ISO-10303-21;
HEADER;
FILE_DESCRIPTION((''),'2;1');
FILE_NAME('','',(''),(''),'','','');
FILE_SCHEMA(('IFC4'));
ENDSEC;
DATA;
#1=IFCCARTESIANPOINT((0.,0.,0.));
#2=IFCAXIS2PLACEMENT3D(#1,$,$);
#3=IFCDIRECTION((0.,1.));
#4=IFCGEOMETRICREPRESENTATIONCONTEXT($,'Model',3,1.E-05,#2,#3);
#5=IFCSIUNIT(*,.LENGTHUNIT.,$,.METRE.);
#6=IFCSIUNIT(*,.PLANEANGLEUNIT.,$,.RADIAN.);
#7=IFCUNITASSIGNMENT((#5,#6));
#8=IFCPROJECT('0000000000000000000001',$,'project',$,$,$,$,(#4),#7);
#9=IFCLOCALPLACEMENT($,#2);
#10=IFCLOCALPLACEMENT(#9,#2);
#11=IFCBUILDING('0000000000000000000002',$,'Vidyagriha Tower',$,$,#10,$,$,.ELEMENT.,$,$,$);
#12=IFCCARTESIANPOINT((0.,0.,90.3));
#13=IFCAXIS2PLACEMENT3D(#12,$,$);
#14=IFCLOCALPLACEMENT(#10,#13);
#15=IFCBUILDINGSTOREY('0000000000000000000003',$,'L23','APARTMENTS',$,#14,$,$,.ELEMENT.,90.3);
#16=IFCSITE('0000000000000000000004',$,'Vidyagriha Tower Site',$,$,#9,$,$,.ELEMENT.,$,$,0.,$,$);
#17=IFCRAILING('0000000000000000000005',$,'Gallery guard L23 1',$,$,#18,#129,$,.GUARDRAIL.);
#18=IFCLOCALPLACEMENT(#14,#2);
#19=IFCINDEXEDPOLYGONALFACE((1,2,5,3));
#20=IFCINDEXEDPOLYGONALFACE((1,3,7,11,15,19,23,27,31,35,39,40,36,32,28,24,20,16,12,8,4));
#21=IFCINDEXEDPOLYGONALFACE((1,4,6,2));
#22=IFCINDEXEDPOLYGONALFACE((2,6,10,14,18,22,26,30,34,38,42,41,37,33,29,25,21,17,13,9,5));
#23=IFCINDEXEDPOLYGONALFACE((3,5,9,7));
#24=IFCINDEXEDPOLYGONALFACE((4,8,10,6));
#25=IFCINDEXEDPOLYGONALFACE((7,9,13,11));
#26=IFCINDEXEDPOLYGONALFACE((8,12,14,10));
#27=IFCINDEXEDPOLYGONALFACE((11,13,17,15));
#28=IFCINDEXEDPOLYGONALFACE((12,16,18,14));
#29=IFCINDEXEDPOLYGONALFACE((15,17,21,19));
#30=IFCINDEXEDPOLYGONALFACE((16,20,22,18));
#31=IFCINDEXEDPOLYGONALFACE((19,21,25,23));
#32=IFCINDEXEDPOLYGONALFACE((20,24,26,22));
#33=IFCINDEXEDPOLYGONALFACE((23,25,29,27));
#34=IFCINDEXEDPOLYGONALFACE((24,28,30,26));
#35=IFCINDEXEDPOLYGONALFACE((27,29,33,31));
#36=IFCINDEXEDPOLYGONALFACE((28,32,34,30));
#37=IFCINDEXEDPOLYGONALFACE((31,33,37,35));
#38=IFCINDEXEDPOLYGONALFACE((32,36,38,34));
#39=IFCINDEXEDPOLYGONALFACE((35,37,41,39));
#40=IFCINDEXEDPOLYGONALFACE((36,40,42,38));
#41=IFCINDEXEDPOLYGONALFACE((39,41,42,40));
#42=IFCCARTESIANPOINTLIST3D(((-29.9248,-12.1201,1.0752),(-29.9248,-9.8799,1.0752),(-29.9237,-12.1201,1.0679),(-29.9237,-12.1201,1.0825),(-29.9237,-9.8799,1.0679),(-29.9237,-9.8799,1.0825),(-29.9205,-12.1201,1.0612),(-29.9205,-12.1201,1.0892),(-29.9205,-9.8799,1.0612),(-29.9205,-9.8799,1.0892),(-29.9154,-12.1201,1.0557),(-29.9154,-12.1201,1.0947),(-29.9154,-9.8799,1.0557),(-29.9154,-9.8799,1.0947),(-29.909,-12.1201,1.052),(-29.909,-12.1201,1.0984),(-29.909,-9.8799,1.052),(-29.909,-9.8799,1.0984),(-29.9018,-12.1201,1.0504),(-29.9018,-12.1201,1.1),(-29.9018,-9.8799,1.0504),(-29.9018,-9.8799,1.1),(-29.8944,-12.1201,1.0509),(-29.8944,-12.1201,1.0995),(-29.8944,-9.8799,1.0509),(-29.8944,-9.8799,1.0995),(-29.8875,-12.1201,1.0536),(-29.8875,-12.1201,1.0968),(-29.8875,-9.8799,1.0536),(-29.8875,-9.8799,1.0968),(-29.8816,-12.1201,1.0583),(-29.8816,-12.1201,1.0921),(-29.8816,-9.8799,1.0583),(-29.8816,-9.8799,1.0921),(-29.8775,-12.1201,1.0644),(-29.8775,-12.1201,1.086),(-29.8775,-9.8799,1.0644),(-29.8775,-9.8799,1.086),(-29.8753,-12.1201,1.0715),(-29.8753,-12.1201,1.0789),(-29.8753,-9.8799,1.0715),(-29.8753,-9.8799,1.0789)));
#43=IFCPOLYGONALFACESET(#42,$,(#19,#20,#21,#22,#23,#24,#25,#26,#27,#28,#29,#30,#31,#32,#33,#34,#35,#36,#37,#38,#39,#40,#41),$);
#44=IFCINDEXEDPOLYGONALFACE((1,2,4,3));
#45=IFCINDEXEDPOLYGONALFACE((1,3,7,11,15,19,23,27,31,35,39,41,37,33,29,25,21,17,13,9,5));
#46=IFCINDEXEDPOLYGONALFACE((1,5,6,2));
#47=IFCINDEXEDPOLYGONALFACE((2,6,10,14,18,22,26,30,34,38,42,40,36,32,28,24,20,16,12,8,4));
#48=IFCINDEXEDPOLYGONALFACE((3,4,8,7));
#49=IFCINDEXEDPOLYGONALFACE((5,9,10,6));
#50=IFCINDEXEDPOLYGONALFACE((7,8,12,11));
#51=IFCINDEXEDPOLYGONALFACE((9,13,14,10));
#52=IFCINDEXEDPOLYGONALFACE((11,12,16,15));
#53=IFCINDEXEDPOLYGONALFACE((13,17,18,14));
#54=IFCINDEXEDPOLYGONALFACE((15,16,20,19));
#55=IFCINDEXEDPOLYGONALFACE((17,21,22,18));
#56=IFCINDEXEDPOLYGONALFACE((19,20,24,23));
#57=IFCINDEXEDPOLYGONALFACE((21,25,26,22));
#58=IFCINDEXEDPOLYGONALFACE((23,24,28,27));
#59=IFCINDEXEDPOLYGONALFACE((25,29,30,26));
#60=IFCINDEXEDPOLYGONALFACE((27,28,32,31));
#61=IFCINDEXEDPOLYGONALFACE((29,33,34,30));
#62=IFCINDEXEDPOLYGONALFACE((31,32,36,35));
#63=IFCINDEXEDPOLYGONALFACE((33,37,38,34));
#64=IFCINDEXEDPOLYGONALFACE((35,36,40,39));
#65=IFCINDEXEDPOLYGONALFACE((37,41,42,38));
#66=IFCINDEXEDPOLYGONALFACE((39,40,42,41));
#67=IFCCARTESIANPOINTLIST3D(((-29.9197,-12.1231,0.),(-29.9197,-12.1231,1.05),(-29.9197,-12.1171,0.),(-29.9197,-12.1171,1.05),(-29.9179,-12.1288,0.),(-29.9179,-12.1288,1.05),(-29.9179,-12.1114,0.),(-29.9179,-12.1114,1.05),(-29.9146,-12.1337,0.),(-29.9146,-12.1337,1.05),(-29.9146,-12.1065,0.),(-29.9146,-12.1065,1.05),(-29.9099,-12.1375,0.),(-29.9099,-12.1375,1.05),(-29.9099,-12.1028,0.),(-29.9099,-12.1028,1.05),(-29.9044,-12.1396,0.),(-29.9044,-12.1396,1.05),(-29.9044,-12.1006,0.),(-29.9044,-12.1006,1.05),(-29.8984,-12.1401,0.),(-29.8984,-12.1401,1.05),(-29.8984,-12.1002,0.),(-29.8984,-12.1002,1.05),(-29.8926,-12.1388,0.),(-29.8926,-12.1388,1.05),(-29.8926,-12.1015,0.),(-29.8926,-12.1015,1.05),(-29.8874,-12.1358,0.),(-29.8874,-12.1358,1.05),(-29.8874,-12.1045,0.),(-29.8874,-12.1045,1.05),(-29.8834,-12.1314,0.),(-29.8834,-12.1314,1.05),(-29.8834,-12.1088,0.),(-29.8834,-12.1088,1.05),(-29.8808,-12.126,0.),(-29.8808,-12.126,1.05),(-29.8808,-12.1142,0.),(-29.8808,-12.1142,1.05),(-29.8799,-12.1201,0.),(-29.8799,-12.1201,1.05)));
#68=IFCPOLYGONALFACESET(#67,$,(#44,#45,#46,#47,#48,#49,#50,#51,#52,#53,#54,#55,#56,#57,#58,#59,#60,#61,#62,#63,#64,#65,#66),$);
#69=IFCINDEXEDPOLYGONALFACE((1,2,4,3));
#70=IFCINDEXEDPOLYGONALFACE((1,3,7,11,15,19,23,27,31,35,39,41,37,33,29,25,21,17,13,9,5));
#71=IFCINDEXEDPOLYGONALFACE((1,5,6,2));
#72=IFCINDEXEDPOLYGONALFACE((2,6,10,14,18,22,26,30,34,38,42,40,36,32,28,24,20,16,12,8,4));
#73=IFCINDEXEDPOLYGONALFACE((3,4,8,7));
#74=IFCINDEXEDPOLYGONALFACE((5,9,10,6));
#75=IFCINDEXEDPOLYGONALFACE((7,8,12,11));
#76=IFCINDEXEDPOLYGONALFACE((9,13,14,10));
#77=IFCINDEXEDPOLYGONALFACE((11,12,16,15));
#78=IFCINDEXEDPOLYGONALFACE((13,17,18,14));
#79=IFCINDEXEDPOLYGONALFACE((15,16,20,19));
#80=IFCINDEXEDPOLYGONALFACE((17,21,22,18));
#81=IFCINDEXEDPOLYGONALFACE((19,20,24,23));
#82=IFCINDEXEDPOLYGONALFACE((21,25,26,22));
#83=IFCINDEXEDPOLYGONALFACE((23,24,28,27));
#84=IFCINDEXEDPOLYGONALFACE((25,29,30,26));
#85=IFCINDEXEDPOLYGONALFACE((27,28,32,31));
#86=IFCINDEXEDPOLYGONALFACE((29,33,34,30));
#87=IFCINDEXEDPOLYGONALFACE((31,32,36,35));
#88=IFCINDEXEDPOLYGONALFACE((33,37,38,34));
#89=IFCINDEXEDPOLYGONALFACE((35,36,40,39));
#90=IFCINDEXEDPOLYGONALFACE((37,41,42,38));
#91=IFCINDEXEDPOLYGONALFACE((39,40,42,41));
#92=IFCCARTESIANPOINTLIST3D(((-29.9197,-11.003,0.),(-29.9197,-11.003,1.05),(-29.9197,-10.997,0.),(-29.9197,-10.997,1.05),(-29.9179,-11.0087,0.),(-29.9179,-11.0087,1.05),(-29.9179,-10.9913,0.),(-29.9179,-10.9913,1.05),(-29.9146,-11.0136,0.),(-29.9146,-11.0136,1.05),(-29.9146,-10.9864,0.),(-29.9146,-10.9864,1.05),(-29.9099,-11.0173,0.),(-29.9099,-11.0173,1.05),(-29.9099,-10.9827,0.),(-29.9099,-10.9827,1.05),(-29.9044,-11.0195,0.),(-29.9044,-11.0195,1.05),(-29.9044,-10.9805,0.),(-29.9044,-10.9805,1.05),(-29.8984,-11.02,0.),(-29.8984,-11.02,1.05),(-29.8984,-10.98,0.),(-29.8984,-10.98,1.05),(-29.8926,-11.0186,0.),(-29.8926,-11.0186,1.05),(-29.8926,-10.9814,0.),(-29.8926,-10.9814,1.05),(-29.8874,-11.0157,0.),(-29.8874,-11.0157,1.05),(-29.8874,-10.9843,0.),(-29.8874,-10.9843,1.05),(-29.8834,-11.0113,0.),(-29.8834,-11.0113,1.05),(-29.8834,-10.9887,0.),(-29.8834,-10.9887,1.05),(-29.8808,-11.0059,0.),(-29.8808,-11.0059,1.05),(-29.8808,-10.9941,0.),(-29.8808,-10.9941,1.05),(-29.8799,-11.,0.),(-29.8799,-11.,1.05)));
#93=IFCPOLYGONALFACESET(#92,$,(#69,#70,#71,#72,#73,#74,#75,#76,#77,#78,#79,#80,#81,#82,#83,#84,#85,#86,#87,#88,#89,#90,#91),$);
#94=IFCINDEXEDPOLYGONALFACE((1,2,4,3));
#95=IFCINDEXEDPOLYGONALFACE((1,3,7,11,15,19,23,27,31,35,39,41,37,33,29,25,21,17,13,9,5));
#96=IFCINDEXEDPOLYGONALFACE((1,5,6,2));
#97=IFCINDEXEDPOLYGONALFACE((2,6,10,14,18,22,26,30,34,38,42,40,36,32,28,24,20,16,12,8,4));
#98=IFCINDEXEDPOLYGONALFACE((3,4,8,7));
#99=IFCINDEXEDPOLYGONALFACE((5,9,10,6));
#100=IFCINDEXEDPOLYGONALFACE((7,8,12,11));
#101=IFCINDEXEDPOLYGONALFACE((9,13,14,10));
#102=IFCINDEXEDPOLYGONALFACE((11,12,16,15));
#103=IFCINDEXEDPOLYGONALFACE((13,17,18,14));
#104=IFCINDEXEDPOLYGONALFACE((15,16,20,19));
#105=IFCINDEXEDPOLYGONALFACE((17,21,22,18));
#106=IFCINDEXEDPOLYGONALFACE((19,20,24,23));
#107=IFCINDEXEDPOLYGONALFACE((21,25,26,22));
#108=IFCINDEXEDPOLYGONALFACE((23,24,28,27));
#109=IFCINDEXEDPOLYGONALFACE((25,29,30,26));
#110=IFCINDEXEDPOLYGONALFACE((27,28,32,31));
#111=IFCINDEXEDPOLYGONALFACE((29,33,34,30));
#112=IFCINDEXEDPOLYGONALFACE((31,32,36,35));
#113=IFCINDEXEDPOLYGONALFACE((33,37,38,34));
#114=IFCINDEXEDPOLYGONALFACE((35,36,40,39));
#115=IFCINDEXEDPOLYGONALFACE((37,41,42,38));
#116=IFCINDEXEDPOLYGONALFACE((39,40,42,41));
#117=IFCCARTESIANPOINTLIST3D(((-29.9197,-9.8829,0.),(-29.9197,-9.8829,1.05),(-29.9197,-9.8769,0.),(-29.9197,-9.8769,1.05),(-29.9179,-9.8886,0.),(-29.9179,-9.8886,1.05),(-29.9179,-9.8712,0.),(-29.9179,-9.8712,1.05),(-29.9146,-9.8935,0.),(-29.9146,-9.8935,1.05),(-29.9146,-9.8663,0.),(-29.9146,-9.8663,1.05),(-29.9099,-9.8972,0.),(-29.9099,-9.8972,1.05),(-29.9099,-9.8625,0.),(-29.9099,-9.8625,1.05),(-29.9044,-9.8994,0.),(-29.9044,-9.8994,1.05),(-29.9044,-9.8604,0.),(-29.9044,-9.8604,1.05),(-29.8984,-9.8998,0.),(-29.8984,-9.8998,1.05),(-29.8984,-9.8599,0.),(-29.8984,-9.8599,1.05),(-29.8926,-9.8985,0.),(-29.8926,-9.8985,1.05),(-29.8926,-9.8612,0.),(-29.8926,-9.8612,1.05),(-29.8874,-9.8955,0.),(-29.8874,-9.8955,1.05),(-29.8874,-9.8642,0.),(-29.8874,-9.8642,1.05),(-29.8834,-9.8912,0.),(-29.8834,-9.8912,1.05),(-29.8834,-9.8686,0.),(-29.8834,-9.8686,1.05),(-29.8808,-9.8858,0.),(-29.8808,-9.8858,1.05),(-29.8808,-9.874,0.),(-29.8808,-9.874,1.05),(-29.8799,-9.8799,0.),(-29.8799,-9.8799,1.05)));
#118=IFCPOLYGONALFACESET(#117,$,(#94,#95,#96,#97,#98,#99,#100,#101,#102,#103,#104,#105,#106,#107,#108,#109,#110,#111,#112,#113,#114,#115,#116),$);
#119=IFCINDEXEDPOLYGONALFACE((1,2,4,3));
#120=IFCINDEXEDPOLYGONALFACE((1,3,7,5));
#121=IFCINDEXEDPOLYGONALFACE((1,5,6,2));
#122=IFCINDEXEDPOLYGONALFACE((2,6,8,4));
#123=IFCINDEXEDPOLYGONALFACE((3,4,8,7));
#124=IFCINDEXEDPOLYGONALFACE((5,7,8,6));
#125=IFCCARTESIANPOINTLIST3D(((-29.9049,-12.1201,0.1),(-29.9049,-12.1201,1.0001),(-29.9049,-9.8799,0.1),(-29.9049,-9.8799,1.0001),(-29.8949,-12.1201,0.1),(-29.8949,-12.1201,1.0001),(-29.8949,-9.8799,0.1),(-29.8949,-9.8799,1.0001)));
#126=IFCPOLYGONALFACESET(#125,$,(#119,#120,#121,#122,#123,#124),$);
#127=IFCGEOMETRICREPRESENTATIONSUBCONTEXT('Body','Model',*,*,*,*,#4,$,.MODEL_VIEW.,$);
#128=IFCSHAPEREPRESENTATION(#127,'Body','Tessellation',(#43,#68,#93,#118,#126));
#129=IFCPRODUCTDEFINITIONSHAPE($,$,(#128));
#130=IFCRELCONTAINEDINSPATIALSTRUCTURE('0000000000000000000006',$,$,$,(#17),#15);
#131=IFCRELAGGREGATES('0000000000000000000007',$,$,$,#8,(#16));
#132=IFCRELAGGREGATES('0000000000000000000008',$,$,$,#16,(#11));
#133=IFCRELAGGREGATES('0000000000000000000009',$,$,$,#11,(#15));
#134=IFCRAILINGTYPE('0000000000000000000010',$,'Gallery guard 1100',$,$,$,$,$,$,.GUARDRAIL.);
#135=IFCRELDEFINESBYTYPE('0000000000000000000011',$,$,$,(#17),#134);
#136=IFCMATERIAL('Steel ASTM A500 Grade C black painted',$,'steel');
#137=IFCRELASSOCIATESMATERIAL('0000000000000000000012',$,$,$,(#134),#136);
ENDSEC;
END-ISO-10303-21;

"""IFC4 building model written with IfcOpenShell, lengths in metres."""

from ifc_helpers import new_model, si_unit, direction, frame, origin, origin_2d, place, context, subcontext, project, spatial, rectangle, circle, extrude, material, type_object, element, save


model = new_model("IFC4")

# Units and contexts
model_context = context("Model", 3, precision=1e-05, world=origin(), true_north=direction((0.0, 1.0)))
body_context = subcontext(model_context, "Body", "Model", "MODEL_VIEW")
ifc_project = project(units=[si_unit("LENGTHUNIT", "METRE"), si_unit("PLANEANGLEUNIT", "RADIAN")], contexts=[model_context])

# Site, building, storey
site_placement = place(None, origin())
site = spatial("IfcSite", under=ifc_project, at=site_placement, Name="Vidyagriha Tower Site", CompositionType="ELEMENT", RefElevation=0.0)
building_placement = place(site_placement, origin())
building = spatial("IfcBuilding", under=site, at=building_placement, Name="Vidyagriha Tower", CompositionType="ELEMENT")
storey_placement = place(building_placement, frame((0.0, 0.0, 90.3)))
storey = spatial("IfcBuildingStorey", under=building, at=storey_placement, Name="L23", Description="APARTMENTS", CompositionType="ELEMENT", Elevation=90.3)

# Railing
ifc_material_1 = material(Name="Steel ASTM A500 Grade C black painted", Category="steel")
railing_type_1 = type_object("IfcRailingType", Name="Gallery guard 1100", PredefinedType="GUARDRAIL", material=ifc_material_1)
railing_1_placement = place(storey_placement, frame((-29.8999, -12.1201, 0.0)))
element("IfcRailing", 1, at=railing_1_placement, inside=storey, type_object=railing_type_1, Name="Gallery guard L23 1", PredefinedType="GUARDRAIL", context=body_context, shape_type="SweptSolid", body=[
    extrude(circle(Radius=0.0249, at=origin_2d()), frame((0.0, 0.0, 1.0752), z_axis=(0.0, 1.0, 0.0), x_axis=(-1.0, 0.0, 0.0)), (0.0, 0.0, 1.0), 2.2402),
    extrude(circle(Radius=0.02, at=origin_2d()), origin(), (0.0, 0.0, 1.0), 1.05),
    extrude(circle(Radius=0.02, at=origin_2d()), frame((0.0, 1.1201, 0.0)), (0.0, 0.0, 1.0), 1.05),
    extrude(circle(Radius=0.02, at=origin_2d()), frame((0.0, 2.2402, 0.0)), (0.0, 0.0, 1.0), 1.05),
    extrude(rectangle(XDim=0.01, YDim=0.9001, at=origin_2d()), frame((0.0, 0.0, 0.55), z_axis=(0.0, 1.0, 0.0), x_axis=(-1.0, 0.0, 0.0)), (0.0, 0.0, 1.0), 2.2402),
])

save(model, "model.ifc")
